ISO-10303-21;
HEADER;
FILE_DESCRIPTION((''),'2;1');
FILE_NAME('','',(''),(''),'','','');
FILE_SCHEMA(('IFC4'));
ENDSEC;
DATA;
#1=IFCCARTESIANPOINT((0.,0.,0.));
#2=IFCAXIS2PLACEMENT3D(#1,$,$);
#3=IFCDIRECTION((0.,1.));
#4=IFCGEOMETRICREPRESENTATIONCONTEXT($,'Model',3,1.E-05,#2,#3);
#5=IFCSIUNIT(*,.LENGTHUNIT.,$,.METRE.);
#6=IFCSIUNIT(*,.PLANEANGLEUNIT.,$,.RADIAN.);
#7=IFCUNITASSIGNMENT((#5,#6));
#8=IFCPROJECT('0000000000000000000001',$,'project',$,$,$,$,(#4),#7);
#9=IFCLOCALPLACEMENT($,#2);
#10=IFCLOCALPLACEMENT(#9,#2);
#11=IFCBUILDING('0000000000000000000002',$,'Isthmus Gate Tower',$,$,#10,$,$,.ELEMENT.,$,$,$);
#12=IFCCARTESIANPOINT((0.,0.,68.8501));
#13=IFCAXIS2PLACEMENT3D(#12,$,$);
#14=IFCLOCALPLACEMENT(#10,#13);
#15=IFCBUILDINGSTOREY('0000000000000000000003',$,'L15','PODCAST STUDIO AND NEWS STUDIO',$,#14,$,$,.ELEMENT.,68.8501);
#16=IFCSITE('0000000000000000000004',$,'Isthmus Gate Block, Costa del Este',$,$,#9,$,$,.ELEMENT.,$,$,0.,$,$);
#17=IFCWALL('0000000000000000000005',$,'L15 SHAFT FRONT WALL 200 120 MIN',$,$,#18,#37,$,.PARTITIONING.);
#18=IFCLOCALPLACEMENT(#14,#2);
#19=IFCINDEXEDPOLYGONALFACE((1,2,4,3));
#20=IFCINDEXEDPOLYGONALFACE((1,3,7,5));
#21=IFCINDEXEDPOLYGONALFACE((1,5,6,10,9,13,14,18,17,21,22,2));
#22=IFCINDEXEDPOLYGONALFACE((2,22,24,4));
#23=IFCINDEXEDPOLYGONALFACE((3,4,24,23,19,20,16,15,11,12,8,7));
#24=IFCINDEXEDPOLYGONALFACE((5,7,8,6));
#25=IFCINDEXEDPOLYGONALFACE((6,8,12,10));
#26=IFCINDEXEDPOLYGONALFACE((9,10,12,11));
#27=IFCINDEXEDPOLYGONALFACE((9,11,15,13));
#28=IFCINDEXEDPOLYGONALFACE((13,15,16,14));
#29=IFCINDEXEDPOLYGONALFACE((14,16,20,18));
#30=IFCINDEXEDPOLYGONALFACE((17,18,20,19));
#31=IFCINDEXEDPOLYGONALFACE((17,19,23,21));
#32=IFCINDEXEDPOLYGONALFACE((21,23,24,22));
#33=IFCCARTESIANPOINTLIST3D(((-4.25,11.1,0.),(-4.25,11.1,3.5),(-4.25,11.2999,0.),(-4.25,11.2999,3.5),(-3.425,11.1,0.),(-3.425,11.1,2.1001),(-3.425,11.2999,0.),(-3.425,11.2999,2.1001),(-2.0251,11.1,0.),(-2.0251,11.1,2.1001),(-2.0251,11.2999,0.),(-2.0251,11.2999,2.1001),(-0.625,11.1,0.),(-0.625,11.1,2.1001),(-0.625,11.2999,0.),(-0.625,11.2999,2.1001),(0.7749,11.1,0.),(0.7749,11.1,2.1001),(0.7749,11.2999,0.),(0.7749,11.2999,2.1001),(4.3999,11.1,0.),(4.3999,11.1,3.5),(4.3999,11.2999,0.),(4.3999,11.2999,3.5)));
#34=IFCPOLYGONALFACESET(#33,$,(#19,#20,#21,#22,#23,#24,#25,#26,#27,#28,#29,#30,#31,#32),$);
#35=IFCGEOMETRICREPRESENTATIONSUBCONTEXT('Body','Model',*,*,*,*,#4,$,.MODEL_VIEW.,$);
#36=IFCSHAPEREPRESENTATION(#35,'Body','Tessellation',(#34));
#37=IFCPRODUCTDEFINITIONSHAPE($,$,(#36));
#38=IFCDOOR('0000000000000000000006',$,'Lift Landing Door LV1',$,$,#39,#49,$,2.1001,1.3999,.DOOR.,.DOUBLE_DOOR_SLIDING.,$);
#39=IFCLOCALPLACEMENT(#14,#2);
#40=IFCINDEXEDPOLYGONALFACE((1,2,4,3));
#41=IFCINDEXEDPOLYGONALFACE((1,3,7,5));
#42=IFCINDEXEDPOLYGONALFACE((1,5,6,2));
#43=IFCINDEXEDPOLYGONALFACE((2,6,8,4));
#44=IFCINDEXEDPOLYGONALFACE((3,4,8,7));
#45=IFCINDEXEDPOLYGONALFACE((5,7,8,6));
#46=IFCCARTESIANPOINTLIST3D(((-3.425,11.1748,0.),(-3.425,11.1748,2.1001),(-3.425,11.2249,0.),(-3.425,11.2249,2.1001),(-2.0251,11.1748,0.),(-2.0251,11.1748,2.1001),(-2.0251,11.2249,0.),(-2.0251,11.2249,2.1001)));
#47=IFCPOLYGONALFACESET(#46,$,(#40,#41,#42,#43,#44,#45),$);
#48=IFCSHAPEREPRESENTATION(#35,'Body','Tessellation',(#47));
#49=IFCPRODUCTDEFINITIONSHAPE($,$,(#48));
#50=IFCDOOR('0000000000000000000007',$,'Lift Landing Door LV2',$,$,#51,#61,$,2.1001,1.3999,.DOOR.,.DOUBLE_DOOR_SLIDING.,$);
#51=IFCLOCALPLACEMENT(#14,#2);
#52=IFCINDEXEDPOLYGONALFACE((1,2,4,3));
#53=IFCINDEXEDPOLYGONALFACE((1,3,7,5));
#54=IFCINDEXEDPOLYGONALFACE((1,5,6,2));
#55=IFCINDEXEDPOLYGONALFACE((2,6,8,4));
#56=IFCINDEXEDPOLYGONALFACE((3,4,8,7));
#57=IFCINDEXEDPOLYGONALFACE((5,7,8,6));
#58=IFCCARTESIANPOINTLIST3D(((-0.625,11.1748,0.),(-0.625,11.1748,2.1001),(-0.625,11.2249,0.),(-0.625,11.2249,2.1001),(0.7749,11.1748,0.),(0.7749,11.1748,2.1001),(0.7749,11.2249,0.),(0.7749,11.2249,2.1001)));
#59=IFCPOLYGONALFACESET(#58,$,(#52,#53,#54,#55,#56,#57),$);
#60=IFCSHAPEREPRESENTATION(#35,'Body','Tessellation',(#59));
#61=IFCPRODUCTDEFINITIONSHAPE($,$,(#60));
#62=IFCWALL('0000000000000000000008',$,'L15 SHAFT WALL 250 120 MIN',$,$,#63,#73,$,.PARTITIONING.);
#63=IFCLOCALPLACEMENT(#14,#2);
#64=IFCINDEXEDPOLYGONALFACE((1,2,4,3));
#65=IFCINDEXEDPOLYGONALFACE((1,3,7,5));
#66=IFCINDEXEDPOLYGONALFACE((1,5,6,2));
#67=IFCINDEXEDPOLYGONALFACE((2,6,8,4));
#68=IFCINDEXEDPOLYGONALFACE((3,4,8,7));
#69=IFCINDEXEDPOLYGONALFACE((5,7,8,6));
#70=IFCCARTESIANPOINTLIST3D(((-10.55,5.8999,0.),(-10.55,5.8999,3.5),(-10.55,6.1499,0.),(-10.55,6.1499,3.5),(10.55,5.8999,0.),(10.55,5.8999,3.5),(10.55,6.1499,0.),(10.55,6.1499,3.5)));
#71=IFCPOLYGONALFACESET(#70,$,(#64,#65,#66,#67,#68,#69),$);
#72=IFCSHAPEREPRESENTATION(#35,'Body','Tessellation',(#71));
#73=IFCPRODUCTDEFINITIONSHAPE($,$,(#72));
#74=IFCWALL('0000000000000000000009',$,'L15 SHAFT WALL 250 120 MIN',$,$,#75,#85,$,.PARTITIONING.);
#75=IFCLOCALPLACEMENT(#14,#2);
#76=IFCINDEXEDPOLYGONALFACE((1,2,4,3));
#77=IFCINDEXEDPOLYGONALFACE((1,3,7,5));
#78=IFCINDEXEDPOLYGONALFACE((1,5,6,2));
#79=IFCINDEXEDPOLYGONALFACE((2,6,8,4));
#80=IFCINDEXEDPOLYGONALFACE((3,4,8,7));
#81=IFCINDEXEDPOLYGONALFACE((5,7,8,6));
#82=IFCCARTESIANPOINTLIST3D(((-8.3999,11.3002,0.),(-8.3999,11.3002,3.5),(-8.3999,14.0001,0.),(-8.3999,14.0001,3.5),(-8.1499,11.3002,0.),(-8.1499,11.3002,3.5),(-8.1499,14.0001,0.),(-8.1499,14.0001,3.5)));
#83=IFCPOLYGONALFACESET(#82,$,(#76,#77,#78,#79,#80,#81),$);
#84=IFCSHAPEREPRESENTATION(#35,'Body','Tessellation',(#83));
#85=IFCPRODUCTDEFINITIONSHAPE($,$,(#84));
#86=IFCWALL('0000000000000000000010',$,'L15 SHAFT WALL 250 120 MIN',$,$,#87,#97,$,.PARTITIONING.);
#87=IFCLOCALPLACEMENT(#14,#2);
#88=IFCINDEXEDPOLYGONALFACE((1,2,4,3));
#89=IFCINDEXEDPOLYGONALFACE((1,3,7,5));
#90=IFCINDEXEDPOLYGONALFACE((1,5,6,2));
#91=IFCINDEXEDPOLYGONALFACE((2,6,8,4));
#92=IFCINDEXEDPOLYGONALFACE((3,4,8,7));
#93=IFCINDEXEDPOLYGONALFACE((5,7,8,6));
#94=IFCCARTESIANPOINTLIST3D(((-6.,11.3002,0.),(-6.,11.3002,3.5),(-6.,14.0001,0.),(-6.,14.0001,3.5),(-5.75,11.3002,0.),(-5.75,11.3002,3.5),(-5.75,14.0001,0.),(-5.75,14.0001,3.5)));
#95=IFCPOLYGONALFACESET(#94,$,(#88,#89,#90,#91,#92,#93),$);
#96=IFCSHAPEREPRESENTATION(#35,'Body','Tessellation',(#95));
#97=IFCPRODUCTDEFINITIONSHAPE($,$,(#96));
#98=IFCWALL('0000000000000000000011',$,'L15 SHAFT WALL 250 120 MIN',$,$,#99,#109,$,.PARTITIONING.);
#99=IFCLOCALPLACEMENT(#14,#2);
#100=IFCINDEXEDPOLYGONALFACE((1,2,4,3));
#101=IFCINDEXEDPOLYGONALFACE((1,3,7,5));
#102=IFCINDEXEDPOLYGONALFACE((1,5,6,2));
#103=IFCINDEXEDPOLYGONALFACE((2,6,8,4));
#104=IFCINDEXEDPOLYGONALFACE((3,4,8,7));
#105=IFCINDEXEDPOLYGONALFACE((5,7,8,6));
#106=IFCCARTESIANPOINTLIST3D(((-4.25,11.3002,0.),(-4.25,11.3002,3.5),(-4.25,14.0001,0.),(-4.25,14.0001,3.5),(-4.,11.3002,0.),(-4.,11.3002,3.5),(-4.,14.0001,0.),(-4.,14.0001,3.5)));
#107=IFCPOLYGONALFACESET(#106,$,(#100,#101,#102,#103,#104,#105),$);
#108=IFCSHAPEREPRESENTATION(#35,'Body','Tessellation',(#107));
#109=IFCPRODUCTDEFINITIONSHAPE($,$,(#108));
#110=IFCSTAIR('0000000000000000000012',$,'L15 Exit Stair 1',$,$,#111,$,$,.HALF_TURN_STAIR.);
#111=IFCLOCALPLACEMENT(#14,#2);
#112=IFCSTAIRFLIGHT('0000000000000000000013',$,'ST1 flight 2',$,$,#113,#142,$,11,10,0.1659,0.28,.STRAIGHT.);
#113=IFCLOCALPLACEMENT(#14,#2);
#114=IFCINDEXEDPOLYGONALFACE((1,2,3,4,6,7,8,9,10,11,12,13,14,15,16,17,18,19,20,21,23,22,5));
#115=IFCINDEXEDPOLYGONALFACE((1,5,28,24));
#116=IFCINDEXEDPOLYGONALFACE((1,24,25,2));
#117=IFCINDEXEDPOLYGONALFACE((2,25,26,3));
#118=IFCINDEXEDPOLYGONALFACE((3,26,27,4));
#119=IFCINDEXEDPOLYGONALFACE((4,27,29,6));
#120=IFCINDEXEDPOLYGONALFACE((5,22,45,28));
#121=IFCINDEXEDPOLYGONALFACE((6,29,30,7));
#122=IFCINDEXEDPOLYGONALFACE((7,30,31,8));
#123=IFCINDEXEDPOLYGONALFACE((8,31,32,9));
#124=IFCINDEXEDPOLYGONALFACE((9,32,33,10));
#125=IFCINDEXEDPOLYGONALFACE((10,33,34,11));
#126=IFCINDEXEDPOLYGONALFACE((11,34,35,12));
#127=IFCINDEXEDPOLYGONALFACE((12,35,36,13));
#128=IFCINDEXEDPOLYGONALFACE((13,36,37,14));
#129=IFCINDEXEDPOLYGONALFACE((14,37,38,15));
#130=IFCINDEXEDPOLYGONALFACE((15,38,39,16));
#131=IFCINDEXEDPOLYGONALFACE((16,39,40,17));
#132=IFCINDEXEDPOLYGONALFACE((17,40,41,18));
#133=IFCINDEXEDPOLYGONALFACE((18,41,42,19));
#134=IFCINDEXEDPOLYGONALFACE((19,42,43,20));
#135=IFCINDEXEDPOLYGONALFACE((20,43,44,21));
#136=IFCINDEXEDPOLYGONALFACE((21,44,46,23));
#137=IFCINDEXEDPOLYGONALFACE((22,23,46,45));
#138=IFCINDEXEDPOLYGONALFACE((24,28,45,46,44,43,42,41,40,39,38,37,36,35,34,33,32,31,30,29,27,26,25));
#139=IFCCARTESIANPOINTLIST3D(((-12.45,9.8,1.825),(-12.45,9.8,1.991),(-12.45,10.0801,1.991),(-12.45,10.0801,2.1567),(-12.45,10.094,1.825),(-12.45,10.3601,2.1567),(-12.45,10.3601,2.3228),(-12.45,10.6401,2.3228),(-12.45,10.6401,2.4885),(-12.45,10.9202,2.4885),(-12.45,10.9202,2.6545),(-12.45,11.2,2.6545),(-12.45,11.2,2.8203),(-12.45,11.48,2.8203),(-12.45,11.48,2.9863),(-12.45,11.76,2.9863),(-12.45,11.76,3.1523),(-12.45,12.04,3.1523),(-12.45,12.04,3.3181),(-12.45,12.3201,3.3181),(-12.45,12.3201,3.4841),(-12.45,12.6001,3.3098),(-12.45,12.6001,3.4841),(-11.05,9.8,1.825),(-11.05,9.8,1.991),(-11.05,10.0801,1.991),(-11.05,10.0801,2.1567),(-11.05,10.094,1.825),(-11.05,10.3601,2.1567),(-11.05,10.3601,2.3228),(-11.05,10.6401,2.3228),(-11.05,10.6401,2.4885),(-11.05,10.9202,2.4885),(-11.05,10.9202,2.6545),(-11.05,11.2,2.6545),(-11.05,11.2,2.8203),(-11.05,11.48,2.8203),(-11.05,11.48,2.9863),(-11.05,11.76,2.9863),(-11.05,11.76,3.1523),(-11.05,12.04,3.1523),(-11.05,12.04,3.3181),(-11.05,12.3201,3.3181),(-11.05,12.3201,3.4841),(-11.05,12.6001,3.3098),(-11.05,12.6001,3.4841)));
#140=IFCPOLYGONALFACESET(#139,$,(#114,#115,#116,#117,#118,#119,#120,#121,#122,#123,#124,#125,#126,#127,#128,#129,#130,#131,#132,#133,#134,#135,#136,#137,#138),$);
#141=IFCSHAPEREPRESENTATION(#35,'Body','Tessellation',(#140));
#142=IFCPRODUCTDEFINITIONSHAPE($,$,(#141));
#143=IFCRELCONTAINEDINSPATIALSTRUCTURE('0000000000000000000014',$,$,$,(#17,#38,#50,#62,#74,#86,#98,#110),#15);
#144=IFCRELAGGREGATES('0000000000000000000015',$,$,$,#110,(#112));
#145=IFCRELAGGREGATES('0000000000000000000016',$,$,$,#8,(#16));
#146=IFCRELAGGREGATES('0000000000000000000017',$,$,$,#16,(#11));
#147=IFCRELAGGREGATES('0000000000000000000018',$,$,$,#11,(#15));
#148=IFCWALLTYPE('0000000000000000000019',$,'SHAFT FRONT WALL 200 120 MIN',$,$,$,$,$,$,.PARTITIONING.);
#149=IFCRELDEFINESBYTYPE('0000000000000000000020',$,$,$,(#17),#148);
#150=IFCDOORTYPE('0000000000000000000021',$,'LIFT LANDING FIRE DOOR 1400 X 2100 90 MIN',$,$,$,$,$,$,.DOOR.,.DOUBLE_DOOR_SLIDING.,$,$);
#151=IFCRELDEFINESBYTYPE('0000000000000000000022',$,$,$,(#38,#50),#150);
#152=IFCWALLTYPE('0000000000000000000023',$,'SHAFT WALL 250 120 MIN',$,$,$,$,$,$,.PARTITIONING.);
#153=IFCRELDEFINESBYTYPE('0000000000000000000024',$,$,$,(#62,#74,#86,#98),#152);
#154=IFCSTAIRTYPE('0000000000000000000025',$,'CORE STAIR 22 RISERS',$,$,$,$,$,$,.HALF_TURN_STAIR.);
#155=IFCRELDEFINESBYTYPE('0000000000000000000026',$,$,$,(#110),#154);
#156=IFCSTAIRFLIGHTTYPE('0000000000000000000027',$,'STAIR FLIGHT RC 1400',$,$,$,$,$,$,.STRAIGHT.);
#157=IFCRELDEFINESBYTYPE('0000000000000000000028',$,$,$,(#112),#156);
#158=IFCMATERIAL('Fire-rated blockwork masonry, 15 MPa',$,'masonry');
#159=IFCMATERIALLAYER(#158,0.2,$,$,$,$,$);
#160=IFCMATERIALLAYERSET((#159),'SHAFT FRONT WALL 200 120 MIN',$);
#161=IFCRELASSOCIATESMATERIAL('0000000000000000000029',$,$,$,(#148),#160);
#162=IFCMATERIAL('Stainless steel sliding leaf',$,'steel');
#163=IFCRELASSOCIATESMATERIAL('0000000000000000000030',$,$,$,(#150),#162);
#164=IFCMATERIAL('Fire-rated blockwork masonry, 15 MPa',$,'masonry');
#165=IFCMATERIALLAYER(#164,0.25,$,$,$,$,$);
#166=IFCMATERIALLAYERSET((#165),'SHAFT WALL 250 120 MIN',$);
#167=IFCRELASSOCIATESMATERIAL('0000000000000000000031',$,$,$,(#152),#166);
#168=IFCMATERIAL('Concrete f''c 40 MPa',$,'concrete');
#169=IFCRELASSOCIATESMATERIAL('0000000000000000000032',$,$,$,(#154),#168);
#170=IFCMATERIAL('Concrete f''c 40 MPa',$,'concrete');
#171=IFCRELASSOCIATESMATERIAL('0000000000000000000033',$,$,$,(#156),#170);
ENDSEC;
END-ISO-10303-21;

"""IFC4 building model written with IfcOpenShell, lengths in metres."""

from ifc_helpers import new_model, si_unit, direction, frame, frame_2d, origin, place, context, subcontext, project, spatial, polyline, rectangle, outline, extrude, material, layer, layer_set, type_object, element, fill, aggregate, save


model = new_model("IFC4")

# Units and contexts
model_context = context("Model", 3, precision=1e-05, world=origin(), true_north=direction((0.0, 1.0)))
body_context = subcontext(model_context, "Body", "Model", "MODEL_VIEW")
ifc_project = project(units=[si_unit("LENGTHUNIT", "METRE"), si_unit("PLANEANGLEUNIT", "RADIAN")], contexts=[model_context])

# Site, building, storey
site_placement = place(None, origin())
site = spatial("IfcSite", under=ifc_project, at=site_placement, Name="Isthmus Gate Block, Costa del Este", CompositionType="ELEMENT", RefElevation=0.0)
building_placement = place(site_placement, origin())
building = spatial("IfcBuilding", under=site, at=building_placement, Name="Isthmus Gate Tower", CompositionType="ELEMENT")
storey_placement = place(building_placement, frame((0.0, 0.0, 68.8501)))
storey = spatial("IfcBuildingStorey", under=building, at=storey_placement, Name="L15", Description="PODCAST STUDIO AND NEWS STUDIO", CompositionType="ELEMENT", Elevation=68.8501)

# Wall, openings, doors
ifc_material_1 = material(Name="Fire-rated blockwork masonry, 15 MPa", Category="masonry")
ifc_layer_1 = layer(ifc_material_1, 0.2)
ifc_layer_set_1 = layer_set([ifc_layer_1], Name="SHAFT FRONT WALL 200 120 MIN")
wall_type_1 = type_object("IfcWallType", Name="SHAFT FRONT WALL 200 120 MIN", PredefinedType="PARTITIONING", material=ifc_layer_set_1)
wall_1_placement = place(storey_placement, frame((-4.25, 11.2, 0.0), z_axis=(0.0, 0.0, 1.0), x_axis=(1.0, 0.0, 0.0)))
wall_1 = element("IfcWall", 1, at=wall_1_placement, inside=storey, type_object=wall_type_1, Name="L15 SHAFT FRONT WALL 200 120 MIN", PredefinedType="PARTITIONING", context=body_context, shape_type="SweptSolid", body=[
    extrude(rectangle(XDim=8.6499, YDim=0.2, at=frame_2d((4.325, 0.0))), origin(), (0.0, 0.0, 1.0), 3.5),
])
opening_1_placement = place(wall_1_placement, frame((0.825, 0.0, 0.0)))
opening_1 = element("IfcOpeningElement", 2, at=opening_1_placement, cuts=wall_1, PredefinedType="OPENING", context=body_context, shape_type="SweptSolid", body=[
    extrude(rectangle(XDim=1.3999, YDim=2.1001, at=frame_2d((0.7, 1.05))), frame((0.0, 0.1099, 0.0), z_axis=(0.0, -1.0, 0.0), x_axis=(1.0, 0.0, 0.0)), (0.0, 0.0, 1.0), 0.22),
])
opening_2_placement = place(wall_1_placement, frame((3.625, 0.0, 0.0)))
opening_2 = element("IfcOpeningElement", 3, at=opening_2_placement, cuts=wall_1, PredefinedType="OPENING", context=body_context, shape_type="SweptSolid", body=[
    extrude(rectangle(XDim=1.3999, YDim=2.1001, at=frame_2d((0.7, 1.05))), frame((0.0, 0.1099, 0.0), z_axis=(0.0, -1.0, 0.0), x_axis=(1.0, 0.0, 0.0)), (0.0, 0.0, 1.0), 0.22),
])
ifc_material_2 = material(Name="Stainless steel sliding leaf", Category="steel")
door_type_1 = type_object("IfcDoorType", Name="LIFT LANDING FIRE DOOR 1400 X 2100 90 MIN", OperationType="DOUBLE_DOOR_SLIDING", PredefinedType="DOOR", material=ifc_material_2)
door_1_placement = place(opening_1_placement, origin())
door_1 = element("IfcDoor", 4, at=door_1_placement, inside=storey, type_object=door_type_1, Name="Lift Landing Door LV1", OperationType="DOUBLE_DOOR_SLIDING", OverallHeight=2.1001, OverallWidth=1.3999, PredefinedType="DOOR", context=body_context, shape_type="SweptSolid", body=[
    extrude(rectangle(XDim=1.3999, YDim=2.1001, at=frame_2d((0.7, 1.05))), frame((0.0, 0.0249, 0.0), z_axis=(0.0, -1.0, 0.0), x_axis=(1.0, 0.0, 0.0)), (0.0, 0.0, 1.0), 0.05),
])
fill(opening_1, door_1)
door_2_placement = place(opening_2_placement, origin())
door_2 = element("IfcDoor", 5, at=door_2_placement, inside=storey, type_object=door_type_1, Name="Lift Landing Door LV2", OperationType="DOUBLE_DOOR_SLIDING", OverallHeight=2.1001, OverallWidth=1.3999, PredefinedType="DOOR", context=body_context, shape_type="SweptSolid", body=[
    extrude(rectangle(XDim=1.3999, YDim=2.1001, at=frame_2d((0.7, 1.05))), frame((0.0, 0.0249, 0.0), z_axis=(0.0, -1.0, 0.0), x_axis=(1.0, 0.0, 0.0)), (0.0, 0.0, 1.0), 0.05),
])
fill(opening_2, door_2)

# Walls
ifc_material_3 = material(Name="Fire-rated blockwork masonry, 15 MPa", Category="masonry")
ifc_layer_2 = layer(ifc_material_3, 0.25)
ifc_layer_set_2 = layer_set([ifc_layer_2], Name="SHAFT WALL 250 120 MIN")
wall_type_2 = type_object("IfcWallType", Name="SHAFT WALL 250 120 MIN", PredefinedType="PARTITIONING", material=ifc_layer_set_2)
wall_2_placement = place(storey_placement, frame((-10.55, 6.0249, 0.0), z_axis=(0.0, 0.0, 1.0), x_axis=(1.0, 0.0, 0.0)))
element("IfcWall", 6, at=wall_2_placement, inside=storey, type_object=wall_type_2, Name="L15 SHAFT WALL 250 120 MIN", PredefinedType="PARTITIONING", context=body_context, shape_type="SweptSolid", body=[
    extrude(rectangle(XDim=21.1001, YDim=0.25, at=frame_2d((10.55, 0.0))), origin(), (0.0, 0.0, 1.0), 3.5),
])
for number, where, z_axis, x_axis, name in (
    (7, (-8.2749, 11.3, 0.0), (0.0, 0.0, 1.0), (0.0, 1.0, 0.0), "L15 SHAFT WALL 250 120 MIN"),
    (8, (-5.875, 11.3, 0.0), (0.0, 0.0, 1.0), (0.0, 1.0, 0.0), "L15 SHAFT WALL 250 120 MIN"),
    (9, (-4.125, 11.3, 0.0), (0.0, 0.0, 1.0), (0.0, 1.0, 0.0), "L15 SHAFT WALL 250 120 MIN"),
):
    element("IfcWall", number, at=place(storey_placement, frame(where, z_axis=z_axis, x_axis=x_axis)), inside=storey, type_object=wall_type_2, Name=name, PredefinedType="PARTITIONING", context=body_context, shape_type="SweptSolid", body=[
        extrude(rectangle(XDim=2.7, YDim=0.25, at=frame_2d((1.3501, 0.0))), origin(), (0.0, 0.0, 1.0), 3.5),
    ])

# Stair, stair flight
ifc_material_4 = material(Name="Concrete f'c 40 MPa", Category="concrete")
stair_type = type_object("IfcStairType", Name="CORE STAIR 22 RISERS", PredefinedType="HALF_TURN_STAIR", material=ifc_material_4)
stair_placement = place(storey_placement, origin())
stair = element("IfcStair", 10, at=stair_placement, inside=storey, type_object=stair_type, Name="L15 Exit Stair 1", PredefinedType="HALF_TURN_STAIR")
ifc_material_5 = material(Name="Concrete f'c 40 MPa", Category="concrete")
stair_flight_type = type_object("IfcStairFlightType", Name="STAIR FLIGHT RC 1400", PredefinedType="STRAIGHT", material=ifc_material_5)
stair_flight_placement = place(storey_placement, frame((-11.75, 9.8, 1.825), z_axis=(0.0, 0.0, 1.0), x_axis=(0.0, 1.0, 0.0)))
stair_flight = element("IfcStairFlight", 11, at=stair_flight_placement, type_object=stair_flight_type, Name="ST1 flight 2", NumberOfRisers=11, NumberOfTreads=10, PredefinedType="STRAIGHT", RiserHeight=0.1659, TreadLength=0.28, context=body_context, shape_type="SweptSolid", body=[
    extrude(outline(polyline([(0.0, 0.0), (0.0, 0.166), (0.28, 0.166), (0.28, 0.3318), (0.5601, 0.3318), (0.5601, 0.4978), (0.8401, 0.4978), (0.8401, 0.6636), (1.1201, 0.6636), (1.1201, 0.8296), (1.3999, 0.8296), (1.3999, 0.9954), (1.6799, 0.9954), (1.6799, 1.1614), (1.96, 1.1614), (1.96, 1.3274), (2.24, 1.3274), (2.24, 1.4932), (2.52, 1.4932), (2.52, 1.6592), (2.8, 1.6592), (2.8, 1.825), (2.8, 1.4849), (0.2939, 0.0), (0.0, 0.0)])), frame((0.0, 0.7, 0.0), z_axis=(0.0, -1.0, 0.0), x_axis=(1.0, 0.0, 0.0)), (0.0, 0.0, 1.0), 1.3999),
])
aggregate(stair, [stair_flight])

save(model, "model.ifc")
